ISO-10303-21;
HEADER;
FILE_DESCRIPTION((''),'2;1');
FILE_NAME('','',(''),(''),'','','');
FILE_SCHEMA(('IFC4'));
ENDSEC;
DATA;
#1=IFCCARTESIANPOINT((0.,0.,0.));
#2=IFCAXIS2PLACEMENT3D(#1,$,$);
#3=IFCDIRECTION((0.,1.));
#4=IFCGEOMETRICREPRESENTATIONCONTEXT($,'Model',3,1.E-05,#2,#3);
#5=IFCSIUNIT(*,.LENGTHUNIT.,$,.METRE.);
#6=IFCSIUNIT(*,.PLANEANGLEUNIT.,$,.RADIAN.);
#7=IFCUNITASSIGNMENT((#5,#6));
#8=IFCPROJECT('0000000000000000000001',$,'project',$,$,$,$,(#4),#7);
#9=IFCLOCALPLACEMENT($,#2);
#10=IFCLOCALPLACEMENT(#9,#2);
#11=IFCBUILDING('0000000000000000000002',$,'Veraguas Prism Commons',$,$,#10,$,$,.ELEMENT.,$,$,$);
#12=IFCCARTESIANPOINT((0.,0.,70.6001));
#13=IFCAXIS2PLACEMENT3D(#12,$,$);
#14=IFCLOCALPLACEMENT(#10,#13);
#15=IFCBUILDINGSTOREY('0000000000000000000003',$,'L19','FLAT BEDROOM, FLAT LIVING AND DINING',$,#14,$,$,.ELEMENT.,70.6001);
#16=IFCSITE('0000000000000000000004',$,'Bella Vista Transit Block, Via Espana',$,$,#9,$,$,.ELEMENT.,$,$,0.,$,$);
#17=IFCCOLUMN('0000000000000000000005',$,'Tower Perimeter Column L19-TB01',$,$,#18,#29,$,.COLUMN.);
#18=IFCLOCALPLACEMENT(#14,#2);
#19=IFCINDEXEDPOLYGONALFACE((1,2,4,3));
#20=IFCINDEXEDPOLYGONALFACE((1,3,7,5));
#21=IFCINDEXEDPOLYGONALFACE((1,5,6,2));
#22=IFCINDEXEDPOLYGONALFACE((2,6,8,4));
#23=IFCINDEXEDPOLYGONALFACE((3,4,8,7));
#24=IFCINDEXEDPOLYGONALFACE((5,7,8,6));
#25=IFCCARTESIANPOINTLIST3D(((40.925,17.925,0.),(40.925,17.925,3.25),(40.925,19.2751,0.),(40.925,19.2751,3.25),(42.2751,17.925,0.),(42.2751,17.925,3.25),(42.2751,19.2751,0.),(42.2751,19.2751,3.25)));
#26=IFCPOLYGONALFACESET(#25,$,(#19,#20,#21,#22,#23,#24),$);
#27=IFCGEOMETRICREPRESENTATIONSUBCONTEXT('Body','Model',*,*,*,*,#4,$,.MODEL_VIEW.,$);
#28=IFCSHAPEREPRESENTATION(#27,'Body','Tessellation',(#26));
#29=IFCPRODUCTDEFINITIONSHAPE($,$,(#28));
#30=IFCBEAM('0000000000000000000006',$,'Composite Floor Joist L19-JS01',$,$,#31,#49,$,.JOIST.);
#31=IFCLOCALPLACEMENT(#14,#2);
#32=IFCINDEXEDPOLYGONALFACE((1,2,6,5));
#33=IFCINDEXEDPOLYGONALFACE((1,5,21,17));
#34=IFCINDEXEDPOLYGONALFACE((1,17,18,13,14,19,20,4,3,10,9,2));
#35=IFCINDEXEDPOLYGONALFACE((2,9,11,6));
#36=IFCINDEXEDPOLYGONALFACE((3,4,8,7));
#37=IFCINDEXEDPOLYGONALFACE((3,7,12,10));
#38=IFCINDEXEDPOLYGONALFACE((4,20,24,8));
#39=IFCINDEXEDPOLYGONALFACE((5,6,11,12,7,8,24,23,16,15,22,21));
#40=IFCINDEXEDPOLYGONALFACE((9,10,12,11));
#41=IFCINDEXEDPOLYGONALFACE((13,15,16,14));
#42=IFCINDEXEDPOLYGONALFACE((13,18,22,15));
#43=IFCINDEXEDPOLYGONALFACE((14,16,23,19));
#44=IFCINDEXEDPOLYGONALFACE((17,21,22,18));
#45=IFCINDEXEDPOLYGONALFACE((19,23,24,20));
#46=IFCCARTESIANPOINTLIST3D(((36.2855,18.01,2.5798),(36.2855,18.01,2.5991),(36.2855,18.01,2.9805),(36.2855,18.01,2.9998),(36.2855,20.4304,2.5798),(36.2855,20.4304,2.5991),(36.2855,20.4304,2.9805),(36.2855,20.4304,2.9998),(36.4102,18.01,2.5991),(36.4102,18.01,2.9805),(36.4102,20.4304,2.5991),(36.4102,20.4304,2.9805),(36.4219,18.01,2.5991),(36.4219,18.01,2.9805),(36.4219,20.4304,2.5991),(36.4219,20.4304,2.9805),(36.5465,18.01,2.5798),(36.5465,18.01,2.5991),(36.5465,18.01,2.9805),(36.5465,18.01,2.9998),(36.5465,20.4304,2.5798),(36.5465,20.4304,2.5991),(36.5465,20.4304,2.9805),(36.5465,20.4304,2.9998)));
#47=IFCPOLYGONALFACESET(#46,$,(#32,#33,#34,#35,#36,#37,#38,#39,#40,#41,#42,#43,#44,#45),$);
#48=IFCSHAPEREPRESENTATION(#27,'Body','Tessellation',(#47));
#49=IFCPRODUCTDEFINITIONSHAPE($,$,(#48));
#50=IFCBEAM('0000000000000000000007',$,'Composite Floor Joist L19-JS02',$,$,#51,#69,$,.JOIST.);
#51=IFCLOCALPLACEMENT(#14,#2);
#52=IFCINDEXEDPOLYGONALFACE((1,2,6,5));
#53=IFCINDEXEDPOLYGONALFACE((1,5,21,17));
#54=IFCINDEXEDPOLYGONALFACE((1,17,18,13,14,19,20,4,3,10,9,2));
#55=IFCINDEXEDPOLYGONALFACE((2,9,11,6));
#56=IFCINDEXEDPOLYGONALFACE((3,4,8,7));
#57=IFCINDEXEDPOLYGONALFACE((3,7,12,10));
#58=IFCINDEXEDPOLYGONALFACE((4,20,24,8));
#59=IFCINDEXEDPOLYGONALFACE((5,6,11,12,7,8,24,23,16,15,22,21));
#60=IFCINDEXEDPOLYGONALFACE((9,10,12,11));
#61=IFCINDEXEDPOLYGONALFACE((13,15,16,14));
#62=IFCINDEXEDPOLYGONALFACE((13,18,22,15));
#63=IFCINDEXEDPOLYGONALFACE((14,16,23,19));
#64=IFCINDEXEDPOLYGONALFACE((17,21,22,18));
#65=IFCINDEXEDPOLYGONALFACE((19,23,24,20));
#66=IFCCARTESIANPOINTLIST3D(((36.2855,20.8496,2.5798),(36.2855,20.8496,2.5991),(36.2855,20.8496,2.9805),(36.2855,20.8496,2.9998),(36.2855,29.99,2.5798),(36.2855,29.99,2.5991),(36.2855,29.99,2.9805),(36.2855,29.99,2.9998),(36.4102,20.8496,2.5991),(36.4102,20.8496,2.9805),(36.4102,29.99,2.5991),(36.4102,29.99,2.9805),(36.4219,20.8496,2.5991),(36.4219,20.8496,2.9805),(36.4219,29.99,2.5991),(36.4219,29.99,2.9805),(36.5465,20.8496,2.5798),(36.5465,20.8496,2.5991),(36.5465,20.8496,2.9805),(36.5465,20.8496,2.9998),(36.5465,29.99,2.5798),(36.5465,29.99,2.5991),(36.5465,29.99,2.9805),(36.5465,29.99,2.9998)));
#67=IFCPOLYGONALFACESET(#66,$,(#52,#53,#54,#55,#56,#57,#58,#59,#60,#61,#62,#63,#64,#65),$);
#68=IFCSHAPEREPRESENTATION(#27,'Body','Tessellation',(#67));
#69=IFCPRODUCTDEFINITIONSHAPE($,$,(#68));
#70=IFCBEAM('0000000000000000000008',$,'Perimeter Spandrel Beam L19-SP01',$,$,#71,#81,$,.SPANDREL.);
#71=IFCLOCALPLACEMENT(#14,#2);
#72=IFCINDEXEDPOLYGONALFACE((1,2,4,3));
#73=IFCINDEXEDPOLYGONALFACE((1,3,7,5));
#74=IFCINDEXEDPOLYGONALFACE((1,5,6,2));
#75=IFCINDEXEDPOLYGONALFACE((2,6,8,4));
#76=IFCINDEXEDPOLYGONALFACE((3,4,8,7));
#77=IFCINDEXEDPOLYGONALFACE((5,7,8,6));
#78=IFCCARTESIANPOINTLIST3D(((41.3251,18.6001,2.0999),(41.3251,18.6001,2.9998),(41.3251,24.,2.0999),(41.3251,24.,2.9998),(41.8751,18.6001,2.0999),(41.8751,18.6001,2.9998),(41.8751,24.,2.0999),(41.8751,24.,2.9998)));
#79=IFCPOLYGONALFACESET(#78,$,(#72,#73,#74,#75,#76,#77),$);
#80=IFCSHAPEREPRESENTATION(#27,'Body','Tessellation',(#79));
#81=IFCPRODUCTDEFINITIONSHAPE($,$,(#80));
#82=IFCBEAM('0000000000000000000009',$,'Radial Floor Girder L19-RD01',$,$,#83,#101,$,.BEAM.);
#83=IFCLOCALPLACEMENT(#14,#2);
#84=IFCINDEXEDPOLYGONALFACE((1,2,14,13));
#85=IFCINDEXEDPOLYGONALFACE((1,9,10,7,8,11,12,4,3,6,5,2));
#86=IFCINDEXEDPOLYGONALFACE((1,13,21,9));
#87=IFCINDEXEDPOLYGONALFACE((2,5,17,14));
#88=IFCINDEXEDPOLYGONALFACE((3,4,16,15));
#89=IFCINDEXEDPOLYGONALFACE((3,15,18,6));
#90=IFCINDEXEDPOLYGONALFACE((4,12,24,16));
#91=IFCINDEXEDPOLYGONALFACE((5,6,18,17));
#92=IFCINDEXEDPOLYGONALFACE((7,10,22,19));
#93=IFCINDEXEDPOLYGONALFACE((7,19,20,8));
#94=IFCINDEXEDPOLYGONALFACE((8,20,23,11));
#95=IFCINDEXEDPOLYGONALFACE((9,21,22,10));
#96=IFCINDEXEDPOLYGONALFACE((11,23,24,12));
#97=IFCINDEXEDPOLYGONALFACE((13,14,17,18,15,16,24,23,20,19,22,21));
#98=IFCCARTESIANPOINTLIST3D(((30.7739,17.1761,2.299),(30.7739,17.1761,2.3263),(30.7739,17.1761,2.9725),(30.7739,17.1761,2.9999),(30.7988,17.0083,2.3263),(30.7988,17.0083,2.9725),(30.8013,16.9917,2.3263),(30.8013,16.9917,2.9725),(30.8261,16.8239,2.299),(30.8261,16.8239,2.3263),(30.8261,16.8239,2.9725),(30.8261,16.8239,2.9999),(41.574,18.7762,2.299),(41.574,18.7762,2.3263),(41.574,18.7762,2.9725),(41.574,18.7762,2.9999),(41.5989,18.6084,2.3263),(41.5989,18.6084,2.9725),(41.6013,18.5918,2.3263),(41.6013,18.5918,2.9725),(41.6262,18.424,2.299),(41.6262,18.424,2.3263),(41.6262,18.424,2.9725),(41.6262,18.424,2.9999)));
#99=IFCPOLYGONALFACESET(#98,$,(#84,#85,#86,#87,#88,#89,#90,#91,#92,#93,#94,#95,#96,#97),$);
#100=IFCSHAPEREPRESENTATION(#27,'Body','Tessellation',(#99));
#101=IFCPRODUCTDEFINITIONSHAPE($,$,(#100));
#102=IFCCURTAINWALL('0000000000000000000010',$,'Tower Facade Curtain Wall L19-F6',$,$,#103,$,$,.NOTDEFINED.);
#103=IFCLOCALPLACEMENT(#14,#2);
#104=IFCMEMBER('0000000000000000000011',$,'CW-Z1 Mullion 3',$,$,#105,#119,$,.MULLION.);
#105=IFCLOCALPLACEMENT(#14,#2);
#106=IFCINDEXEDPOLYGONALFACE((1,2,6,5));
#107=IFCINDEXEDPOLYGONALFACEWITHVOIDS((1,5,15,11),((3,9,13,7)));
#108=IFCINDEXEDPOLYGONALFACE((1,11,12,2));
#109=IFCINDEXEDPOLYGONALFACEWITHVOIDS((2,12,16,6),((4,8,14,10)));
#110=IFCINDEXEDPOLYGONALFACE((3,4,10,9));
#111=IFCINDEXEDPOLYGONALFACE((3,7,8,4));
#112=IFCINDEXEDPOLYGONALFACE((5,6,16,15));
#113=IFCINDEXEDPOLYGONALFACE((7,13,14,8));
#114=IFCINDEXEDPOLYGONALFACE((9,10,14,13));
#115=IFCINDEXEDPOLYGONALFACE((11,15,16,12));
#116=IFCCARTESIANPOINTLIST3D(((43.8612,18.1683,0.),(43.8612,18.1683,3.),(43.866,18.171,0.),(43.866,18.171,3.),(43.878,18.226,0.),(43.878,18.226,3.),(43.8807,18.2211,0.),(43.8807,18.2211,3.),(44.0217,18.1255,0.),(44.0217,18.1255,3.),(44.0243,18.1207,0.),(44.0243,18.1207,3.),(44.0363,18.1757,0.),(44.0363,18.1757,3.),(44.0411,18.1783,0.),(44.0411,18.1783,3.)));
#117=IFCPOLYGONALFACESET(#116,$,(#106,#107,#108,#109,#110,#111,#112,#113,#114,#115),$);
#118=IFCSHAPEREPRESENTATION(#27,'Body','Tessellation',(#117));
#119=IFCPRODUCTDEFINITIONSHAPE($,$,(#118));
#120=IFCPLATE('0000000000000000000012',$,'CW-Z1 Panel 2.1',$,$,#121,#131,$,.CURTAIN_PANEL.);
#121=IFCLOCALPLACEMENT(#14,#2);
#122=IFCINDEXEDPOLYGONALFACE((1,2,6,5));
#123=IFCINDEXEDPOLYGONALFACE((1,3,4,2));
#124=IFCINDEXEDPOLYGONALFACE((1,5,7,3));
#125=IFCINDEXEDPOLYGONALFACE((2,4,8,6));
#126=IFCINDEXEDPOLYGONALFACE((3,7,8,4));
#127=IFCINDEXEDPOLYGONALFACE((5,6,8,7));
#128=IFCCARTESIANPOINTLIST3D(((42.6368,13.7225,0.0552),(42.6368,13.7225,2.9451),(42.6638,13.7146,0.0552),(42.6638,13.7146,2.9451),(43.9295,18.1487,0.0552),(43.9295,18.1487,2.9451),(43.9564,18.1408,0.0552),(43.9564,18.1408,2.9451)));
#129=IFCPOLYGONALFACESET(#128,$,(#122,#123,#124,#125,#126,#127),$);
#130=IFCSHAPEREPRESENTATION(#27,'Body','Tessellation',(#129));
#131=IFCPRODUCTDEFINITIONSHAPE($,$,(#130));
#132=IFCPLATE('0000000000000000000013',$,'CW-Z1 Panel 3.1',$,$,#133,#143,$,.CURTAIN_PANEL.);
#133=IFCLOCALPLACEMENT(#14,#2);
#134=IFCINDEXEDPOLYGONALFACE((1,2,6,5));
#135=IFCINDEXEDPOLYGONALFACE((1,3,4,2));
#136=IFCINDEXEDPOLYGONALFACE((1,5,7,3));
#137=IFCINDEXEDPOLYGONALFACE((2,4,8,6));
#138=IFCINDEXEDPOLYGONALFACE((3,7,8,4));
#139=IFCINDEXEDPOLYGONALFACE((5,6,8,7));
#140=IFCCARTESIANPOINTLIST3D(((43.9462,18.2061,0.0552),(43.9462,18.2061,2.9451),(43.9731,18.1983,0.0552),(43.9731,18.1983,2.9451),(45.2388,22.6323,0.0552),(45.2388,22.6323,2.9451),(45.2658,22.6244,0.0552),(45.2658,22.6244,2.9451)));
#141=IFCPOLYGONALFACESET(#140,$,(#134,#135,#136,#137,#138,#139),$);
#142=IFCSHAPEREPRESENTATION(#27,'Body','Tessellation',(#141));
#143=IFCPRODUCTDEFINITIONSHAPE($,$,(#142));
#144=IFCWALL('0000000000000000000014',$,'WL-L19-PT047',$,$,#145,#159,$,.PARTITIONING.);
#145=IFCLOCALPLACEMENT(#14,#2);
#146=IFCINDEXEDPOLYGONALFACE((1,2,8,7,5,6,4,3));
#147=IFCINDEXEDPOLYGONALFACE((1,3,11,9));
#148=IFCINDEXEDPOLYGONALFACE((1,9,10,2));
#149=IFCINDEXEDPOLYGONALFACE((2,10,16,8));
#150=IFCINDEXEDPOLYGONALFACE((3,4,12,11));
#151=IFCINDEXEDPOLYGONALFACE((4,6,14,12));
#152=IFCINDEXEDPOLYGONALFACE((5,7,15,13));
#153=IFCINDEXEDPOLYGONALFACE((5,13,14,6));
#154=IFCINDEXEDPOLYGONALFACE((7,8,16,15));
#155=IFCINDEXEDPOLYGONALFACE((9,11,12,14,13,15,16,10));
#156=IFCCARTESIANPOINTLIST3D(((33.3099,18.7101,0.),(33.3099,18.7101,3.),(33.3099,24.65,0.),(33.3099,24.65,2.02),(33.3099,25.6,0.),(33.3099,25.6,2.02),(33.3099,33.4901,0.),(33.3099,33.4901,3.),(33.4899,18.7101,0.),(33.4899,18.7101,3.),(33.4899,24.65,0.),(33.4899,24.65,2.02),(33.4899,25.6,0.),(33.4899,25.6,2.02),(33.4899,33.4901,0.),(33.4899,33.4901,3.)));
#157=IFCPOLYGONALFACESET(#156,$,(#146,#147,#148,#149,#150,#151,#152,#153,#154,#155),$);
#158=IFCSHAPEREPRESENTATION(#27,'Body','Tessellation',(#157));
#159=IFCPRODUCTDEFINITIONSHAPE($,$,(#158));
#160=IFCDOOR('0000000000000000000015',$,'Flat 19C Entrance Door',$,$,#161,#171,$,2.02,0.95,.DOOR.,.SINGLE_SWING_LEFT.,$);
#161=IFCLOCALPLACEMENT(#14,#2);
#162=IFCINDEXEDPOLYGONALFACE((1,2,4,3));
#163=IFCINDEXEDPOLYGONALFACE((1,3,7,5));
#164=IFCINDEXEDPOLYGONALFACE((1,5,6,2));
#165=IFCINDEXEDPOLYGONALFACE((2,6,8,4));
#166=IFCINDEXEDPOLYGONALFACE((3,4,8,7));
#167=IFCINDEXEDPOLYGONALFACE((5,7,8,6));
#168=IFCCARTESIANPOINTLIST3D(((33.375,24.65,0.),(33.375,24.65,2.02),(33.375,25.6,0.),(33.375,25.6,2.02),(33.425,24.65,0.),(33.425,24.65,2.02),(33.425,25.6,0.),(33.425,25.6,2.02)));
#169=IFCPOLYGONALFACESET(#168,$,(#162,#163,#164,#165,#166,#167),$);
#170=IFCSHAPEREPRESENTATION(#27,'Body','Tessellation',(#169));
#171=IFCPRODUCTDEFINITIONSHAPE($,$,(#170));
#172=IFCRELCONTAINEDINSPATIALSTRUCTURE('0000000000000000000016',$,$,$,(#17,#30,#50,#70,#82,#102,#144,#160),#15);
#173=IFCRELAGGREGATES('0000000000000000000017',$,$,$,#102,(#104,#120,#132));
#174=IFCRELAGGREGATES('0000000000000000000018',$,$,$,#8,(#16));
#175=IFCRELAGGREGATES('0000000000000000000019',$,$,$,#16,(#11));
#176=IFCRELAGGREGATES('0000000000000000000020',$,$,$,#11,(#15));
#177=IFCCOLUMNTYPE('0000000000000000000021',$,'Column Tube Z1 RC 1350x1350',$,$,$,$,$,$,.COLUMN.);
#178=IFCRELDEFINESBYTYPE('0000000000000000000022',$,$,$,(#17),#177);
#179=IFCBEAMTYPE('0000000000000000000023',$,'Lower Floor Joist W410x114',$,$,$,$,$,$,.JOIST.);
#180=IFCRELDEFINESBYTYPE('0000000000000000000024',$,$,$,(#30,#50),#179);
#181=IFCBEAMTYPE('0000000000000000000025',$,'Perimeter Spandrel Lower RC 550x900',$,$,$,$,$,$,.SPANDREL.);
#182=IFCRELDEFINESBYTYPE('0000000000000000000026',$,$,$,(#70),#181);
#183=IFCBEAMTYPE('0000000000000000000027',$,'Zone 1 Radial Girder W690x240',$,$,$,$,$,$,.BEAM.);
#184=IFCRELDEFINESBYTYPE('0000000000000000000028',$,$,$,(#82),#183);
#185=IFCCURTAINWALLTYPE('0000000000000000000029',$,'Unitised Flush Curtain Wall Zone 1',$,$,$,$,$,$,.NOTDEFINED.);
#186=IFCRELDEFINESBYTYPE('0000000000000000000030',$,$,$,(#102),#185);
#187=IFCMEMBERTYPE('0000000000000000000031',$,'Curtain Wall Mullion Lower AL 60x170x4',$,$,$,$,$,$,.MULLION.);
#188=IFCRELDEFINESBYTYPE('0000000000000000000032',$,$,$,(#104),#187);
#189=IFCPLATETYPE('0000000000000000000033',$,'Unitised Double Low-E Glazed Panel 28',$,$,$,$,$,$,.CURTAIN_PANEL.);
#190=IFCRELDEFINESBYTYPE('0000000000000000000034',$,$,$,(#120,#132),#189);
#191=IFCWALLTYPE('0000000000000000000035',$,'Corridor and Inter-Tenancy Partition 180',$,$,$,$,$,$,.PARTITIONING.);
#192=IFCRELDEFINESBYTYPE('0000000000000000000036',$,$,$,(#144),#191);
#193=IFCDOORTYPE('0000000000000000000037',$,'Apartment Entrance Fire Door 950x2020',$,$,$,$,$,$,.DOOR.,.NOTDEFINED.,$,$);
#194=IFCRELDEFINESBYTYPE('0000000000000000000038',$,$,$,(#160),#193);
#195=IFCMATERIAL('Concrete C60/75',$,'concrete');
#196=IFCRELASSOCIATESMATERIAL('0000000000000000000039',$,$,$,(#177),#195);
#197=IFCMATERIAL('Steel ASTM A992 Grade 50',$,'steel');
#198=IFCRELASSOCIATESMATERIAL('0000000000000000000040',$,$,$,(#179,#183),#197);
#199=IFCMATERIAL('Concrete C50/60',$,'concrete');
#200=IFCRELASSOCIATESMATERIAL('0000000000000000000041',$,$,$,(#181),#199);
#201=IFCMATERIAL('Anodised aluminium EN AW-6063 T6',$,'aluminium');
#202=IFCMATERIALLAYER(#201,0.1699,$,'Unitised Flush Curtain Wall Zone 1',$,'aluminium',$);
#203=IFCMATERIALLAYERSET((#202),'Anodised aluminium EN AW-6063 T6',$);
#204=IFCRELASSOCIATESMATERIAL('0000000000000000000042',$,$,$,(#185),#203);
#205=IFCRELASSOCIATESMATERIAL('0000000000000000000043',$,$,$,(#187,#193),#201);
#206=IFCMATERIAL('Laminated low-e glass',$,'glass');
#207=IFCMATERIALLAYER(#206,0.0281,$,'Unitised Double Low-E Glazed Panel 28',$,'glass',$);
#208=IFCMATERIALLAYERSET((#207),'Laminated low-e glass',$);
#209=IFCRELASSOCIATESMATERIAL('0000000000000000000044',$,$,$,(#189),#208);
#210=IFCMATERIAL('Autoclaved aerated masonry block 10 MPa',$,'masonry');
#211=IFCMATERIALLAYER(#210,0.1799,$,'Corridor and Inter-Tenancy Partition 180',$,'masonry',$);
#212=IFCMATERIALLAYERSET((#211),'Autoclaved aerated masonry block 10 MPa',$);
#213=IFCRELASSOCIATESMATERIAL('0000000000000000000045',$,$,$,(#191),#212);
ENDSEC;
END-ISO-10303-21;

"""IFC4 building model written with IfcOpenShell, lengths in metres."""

from ifc_helpers import new_model, si_unit, direction, frame, frame_2d, origin, origin_2d, place, context, subcontext, project, spatial, rectangle, hollow_rectangle, i_section, extrude, source, transform, mapped, material, layer, layer_set, material_profile, profile_set, type_object, element, fill, aggregate, save


model = new_model("IFC4")

# Units and contexts
model_context = context("Model", 3, precision=1e-05, world=origin(), true_north=direction((0.0, 1.0)))
body_context = subcontext(model_context, "Body", "Model", "MODEL_VIEW")
ifc_project = project(units=[si_unit("LENGTHUNIT", "METRE"), si_unit("PLANEANGLEUNIT", "RADIAN")], contexts=[model_context])

# Site, building, storey
site_placement = place(None, origin())
site = spatial("IfcSite", under=ifc_project, at=site_placement, Name="Bella Vista Transit Block, Via Espana", CompositionType="ELEMENT", RefElevation=0.0)
building_placement = place(site_placement, origin())
building = spatial("IfcBuilding", under=site, at=building_placement, Name="Veraguas Prism Commons", CompositionType="ELEMENT")
storey_placement = place(building_placement, frame((0.0, 0.0, 70.6001)))
storey = spatial("IfcBuildingStorey", under=building, at=storey_placement, Name="L19", Description="FLAT BEDROOM, FLAT LIVING AND DINING", CompositionType="ELEMENT", Elevation=70.6001)

# Column
ifc_material_1 = material(Name="Concrete C60/75", Category="concrete")
ifc_material_profile_1 = material_profile(ifc_material_1, rectangle(XDim=1.3501, YDim=1.3501, at=origin_2d()), Name="RC1350X1350")
ifc_profile_set_1 = profile_set([ifc_material_profile_1], Name="Concrete C60/75")
column_type = type_object("IfcColumnType", Name="Column Tube Z1 RC 1350x1350", PredefinedType="COLUMN", material=ifc_profile_set_1)
column_placement = place(storey_placement, frame((41.6001, 18.6001, 0.0), z_axis=(0.0, 0.0, 1.0), x_axis=(1.0, 0.0, 0.0)))
element("IfcColumn", 1, at=column_placement, inside=storey, type_object=column_type, Name="Tower Perimeter Column L19-TB01", PredefinedType="COLUMN", context=body_context, shape_type="SweptSolid", body=[
    extrude(rectangle(XDim=1.3501, YDim=1.3501, at=origin_2d()), origin(), (0.0, 0.0, 1.0), 3.25),
])

# Beams
ifc_material_2 = material(Name="Steel ASTM A992 Grade 50", Category="steel")
ifc_material_profile_2 = material_profile(ifc_material_2, i_section(OverallWidth=0.261, OverallDepth=0.4199, WebThickness=0.0117, FlangeThickness=0.0193, at=origin_2d()), Name="W410X114")
ifc_profile_set_2 = profile_set([ifc_material_profile_2], Name="Steel ASTM A992 Grade 50")
beam_type_1 = type_object("IfcBeamType", Name="Lower Floor Joist W410x114", PredefinedType="JOIST", material=ifc_profile_set_2)
beam_1_placement = place(storey_placement, frame((36.416, 18.01, 2.7898), z_axis=(0.0, 1.0, 0.0), x_axis=(-1.0, 0.0, 0.0)))
element("IfcBeam", 2, at=beam_1_placement, inside=storey, type_object=beam_type_1, Name="Composite Floor Joist L19-JS01", PredefinedType="JOIST", context=body_context, shape_type="SweptSolid", body=[
    extrude(i_section(OverallWidth=0.261, OverallDepth=0.4199, WebThickness=0.0117, FlangeThickness=0.0193, at=origin_2d()), origin(), (0.0, 0.0, 1.0), 2.4204),
])
beam_2_placement = place(storey_placement, frame((36.416, 20.8496, 2.7898), z_axis=(0.0, 1.0, 0.0), x_axis=(-1.0, 0.0, 0.0)))
element("IfcBeam", 3, at=beam_2_placement, inside=storey, type_object=beam_type_1, Name="Composite Floor Joist L19-JS02", PredefinedType="JOIST", context=body_context, shape_type="SweptSolid", body=[
    extrude(i_section(OverallWidth=0.261, OverallDepth=0.4199, WebThickness=0.0117, FlangeThickness=0.0193, at=origin_2d()), origin(), (0.0, 0.0, 1.0), 9.1404),
])
ifc_material_3 = material(Name="Concrete C50/60", Category="concrete")
ifc_material_profile_3 = material_profile(ifc_material_3, rectangle(XDim=0.55, YDim=0.8999, at=origin_2d()), Name="RC550X900")
ifc_profile_set_3 = profile_set([ifc_material_profile_3], Name="Concrete C50/60")
beam_type_2 = type_object("IfcBeamType", Name="Perimeter Spandrel Lower RC 550x900", PredefinedType="SPANDREL", material=ifc_profile_set_3)
beam_3_placement = place(storey_placement, frame((41.6001, 18.6001, 2.5498), z_axis=(0.0, 1.0, 0.0), x_axis=(-1.0, 0.0, 0.0)))
element("IfcBeam", 4, at=beam_3_placement, inside=storey, type_object=beam_type_2, Name="Perimeter Spandrel Beam L19-SP01", PredefinedType="SPANDREL", context=body_context, shape_type="SweptSolid", body=[
    extrude(rectangle(XDim=0.55, YDim=0.8999, at=origin_2d()), origin(), (0.0, 0.0, 1.0), 5.3999),
])
ifc_material_profile_4 = material_profile(ifc_material_2, i_section(OverallWidth=0.356, OverallDepth=0.7009, WebThickness=0.0168, FlangeThickness=0.0273, at=origin_2d()), Name="W690X240")
ifc_profile_set_4 = profile_set([ifc_material_profile_4], Name="Steel ASTM A992 Grade 50")
beam_type_3 = type_object("IfcBeamType", Name="Zone 1 Radial Girder W690x240", PredefinedType="BEAM", material=ifc_profile_set_4)
beam_4_placement = place(storey_placement, frame((41.6001, 18.6001, 2.6494), z_axis=(-0.989202, -0.146557, 0.0), x_axis=(0.146557, -0.989202, 0.0)))
element("IfcBeam", 5, at=beam_4_placement, inside=storey, type_object=beam_type_3, Name="Radial Floor Girder L19-RD01", PredefinedType="BEAM", context=body_context, shape_type="SweptSolid", body=[
    extrude(i_section(OverallWidth=0.356, OverallDepth=0.7009, WebThickness=0.0168, FlangeThickness=0.0273, at=origin_2d()), origin(), (0.0, 0.0, 1.0), 10.918),
])

# Curtain wall, member, plates
ifc_material_4 = material(Name="Anodised aluminium EN AW-6063 T6", Category="aluminium")
ifc_layer_1 = layer(ifc_material_4, 0.1699, Name="Unitised Flush Curtain Wall Zone 1", Category="aluminium")
ifc_layer_set_1 = layer_set([ifc_layer_1], Name="Anodised aluminium EN AW-6063 T6")
curtain_wall_type = type_object("IfcCurtainWallType", Name="Unitised Flush Curtain Wall Zone 1", PredefinedType="NOTDEFINED", material=ifc_layer_set_1)
curtain_wall_placement = place(storey_placement, origin())
curtain_wall = element("IfcCurtainWall", 6, at=curtain_wall_placement, inside=storey, type_object=curtain_wall_type, Name="Tower Facade Curtain Wall L19-F6", PredefinedType="NOTDEFINED")
ifc_material_profile_5 = material_profile(ifc_material_4, hollow_rectangle(XDim=0.0601, YDim=0.1699, WallThickness=0.0039, at=origin_2d()), Name="AL60X170X4")
ifc_profile_set_5 = profile_set([ifc_material_profile_5], Name="Anodised aluminium EN AW-6063 T6")
member_type = type_object("IfcMemberType", Name="Curtain Wall Mullion Lower AL 60x170x4", PredefinedType="MULLION", material=ifc_profile_set_5)
shared_shape_1 = source(origin(), body_context, "Body", "SweptSolid", [
    extrude(hollow_rectangle(XDim=0.0601, YDim=0.1699, WallThickness=0.0039, at=origin_2d()), origin(), (0.0, 0.0, 1.0), 3.0),
])
member_placement = place(storey_placement, frame((43.9512, 18.1733, 0.0), z_axis=(0.0, 0.0, 1.0), x_axis=(0.280333, 0.959903, 0.0)))
member = element("IfcMember", 7, at=member_placement, type_object=member_type, Name="CW-Z1 Mullion 3", PredefinedType="MULLION", context=body_context, shape_type="MappedRepresentation", body=[
    mapped(shared_shape_1, transform((0.0, 0.0, 0.0), scale=1.0)),
])
ifc_material_5 = material(Name="Laminated low-e glass", Category="glass")
ifc_layer_2 = layer(ifc_material_5, 0.0281, Name="Unitised Double Low-E Glazed Panel 28", Category="glass")
ifc_layer_set_2 = layer_set([ifc_layer_2], Name="Laminated low-e glass")
plate_type = type_object("IfcPlateType", Name="Unitised Double Low-E Glazed Panel 28", PredefinedType="CURTAIN_PANEL", material=ifc_layer_set_2)
shared_shape_2 = source(origin(), body_context, "Body", "SweptSolid", [
    extrude(rectangle(XDim=4.6111, YDim=0.0281, at=origin_2d()), origin(), (0.0, 0.0, 1.0), 2.8899),
])
plate_1_placement = place(storey_placement, frame((43.2966, 15.9316, 0.0552), z_axis=(0.0, 0.0, 1.0), x_axis=(0.280333, 0.959903, 0.0)))
plate_1 = element("IfcPlate", 8, at=plate_1_placement, type_object=plate_type, Name="CW-Z1 Panel 2.1", PredefinedType="CURTAIN_PANEL", context=body_context, shape_type="MappedRepresentation", body=[
    mapped(shared_shape_2, transform((0.0, 0.0, 0.0), scale=1.0)),
])
plate_2_placement = place(storey_placement, frame((44.606, 20.4153, 0.0552), z_axis=(0.0, 0.0, 1.0), x_axis=(0.280333, 0.959903, 0.0)))
plate_2 = element("IfcPlate", 9, at=plate_2_placement, type_object=plate_type, Name="CW-Z1 Panel 3.1", PredefinedType="CURTAIN_PANEL", context=body_context, shape_type="MappedRepresentation", body=[
    mapped(shared_shape_2, transform((0.0, 0.0, 0.0), scale=1.0)),
])
aggregate(curtain_wall, [member, plate_1, plate_2])

# Wall, opening, door
ifc_material_6 = material(Name="Autoclaved aerated masonry block 10 MPa", Category="masonry")
ifc_layer_3 = layer(ifc_material_6, 0.1799, Name="Corridor and Inter-Tenancy Partition 180", Category="masonry")
ifc_layer_set_3 = layer_set([ifc_layer_3], Name="Autoclaved aerated masonry block 10 MPa")
wall_type_1 = type_object("IfcWallType", Name="Corridor and Inter-Tenancy Partition 180", PredefinedType="PARTITIONING", material=ifc_layer_set_3)
wall_1_placement = place(storey_placement, frame((33.3999, 18.71, 0.0), z_axis=(0.0, 0.0, 1.0), x_axis=(0.0, 1.0, 0.0)))
wall_1 = element("IfcWall", 10, at=wall_1_placement, inside=storey, type_object=wall_type_1, Name="WL-L19-PT047", PredefinedType="PARTITIONING", context=body_context, shape_type="SweptSolid", body=[
    extrude(rectangle(XDim=14.78, YDim=0.1799, at=frame_2d((7.3901, 0.0))), origin(), (0.0, 0.0, 1.0), 3.0),
])
opening_1_placement = place(wall_1_placement, frame((5.9399, 0.0, 0.0)))
opening_1 = element("IfcOpeningElement", 11, at=opening_1_placement, cuts=wall_1, PredefinedType="OPENING", context=body_context, shape_type="SweptSolid", body=[
    extrude(rectangle(XDim=0.95, YDim=2.02, at=frame_2d((0.4751, 1.01))), frame((0.0, 0.0999, 0.0), z_axis=(0.0, -1.0, 0.0), x_axis=(1.0, 0.0, 0.0)), (0.0, 0.0, 1.0), 0.2),
])
door_type_1 = type_object("IfcDoorType", Name="Apartment Entrance Fire Door 950x2020", OperationType="NOTDEFINED", PredefinedType="DOOR", material=ifc_material_4)
shared_shape_3 = source(origin(), body_context, "Body", "SweptSolid", [
    extrude(rectangle(XDim=0.95, YDim=2.02, at=frame_2d((0.4751, 1.01))), frame((0.0, 0.0249, 0.0), z_axis=(0.0, -1.0, 0.0), x_axis=(1.0, 0.0, 0.0)), (0.0, 0.0, 1.0), 0.05),
])
door_1_placement = place(opening_1_placement, origin())
door_1 = element("IfcDoor", 12, at=door_1_placement, inside=storey, type_object=door_type_1, Name="Flat 19C Entrance Door", OperationType="SINGLE_SWING_LEFT", OverallHeight=2.02, OverallWidth=0.95, PredefinedType="DOOR", context=body_context, shape_type="MappedRepresentation", body=[
    mapped(shared_shape_3, transform((0.0, 0.0, 0.0), scale=1.0)),
])
fill(opening_1, door_1)

save(model, "model.ifc")
